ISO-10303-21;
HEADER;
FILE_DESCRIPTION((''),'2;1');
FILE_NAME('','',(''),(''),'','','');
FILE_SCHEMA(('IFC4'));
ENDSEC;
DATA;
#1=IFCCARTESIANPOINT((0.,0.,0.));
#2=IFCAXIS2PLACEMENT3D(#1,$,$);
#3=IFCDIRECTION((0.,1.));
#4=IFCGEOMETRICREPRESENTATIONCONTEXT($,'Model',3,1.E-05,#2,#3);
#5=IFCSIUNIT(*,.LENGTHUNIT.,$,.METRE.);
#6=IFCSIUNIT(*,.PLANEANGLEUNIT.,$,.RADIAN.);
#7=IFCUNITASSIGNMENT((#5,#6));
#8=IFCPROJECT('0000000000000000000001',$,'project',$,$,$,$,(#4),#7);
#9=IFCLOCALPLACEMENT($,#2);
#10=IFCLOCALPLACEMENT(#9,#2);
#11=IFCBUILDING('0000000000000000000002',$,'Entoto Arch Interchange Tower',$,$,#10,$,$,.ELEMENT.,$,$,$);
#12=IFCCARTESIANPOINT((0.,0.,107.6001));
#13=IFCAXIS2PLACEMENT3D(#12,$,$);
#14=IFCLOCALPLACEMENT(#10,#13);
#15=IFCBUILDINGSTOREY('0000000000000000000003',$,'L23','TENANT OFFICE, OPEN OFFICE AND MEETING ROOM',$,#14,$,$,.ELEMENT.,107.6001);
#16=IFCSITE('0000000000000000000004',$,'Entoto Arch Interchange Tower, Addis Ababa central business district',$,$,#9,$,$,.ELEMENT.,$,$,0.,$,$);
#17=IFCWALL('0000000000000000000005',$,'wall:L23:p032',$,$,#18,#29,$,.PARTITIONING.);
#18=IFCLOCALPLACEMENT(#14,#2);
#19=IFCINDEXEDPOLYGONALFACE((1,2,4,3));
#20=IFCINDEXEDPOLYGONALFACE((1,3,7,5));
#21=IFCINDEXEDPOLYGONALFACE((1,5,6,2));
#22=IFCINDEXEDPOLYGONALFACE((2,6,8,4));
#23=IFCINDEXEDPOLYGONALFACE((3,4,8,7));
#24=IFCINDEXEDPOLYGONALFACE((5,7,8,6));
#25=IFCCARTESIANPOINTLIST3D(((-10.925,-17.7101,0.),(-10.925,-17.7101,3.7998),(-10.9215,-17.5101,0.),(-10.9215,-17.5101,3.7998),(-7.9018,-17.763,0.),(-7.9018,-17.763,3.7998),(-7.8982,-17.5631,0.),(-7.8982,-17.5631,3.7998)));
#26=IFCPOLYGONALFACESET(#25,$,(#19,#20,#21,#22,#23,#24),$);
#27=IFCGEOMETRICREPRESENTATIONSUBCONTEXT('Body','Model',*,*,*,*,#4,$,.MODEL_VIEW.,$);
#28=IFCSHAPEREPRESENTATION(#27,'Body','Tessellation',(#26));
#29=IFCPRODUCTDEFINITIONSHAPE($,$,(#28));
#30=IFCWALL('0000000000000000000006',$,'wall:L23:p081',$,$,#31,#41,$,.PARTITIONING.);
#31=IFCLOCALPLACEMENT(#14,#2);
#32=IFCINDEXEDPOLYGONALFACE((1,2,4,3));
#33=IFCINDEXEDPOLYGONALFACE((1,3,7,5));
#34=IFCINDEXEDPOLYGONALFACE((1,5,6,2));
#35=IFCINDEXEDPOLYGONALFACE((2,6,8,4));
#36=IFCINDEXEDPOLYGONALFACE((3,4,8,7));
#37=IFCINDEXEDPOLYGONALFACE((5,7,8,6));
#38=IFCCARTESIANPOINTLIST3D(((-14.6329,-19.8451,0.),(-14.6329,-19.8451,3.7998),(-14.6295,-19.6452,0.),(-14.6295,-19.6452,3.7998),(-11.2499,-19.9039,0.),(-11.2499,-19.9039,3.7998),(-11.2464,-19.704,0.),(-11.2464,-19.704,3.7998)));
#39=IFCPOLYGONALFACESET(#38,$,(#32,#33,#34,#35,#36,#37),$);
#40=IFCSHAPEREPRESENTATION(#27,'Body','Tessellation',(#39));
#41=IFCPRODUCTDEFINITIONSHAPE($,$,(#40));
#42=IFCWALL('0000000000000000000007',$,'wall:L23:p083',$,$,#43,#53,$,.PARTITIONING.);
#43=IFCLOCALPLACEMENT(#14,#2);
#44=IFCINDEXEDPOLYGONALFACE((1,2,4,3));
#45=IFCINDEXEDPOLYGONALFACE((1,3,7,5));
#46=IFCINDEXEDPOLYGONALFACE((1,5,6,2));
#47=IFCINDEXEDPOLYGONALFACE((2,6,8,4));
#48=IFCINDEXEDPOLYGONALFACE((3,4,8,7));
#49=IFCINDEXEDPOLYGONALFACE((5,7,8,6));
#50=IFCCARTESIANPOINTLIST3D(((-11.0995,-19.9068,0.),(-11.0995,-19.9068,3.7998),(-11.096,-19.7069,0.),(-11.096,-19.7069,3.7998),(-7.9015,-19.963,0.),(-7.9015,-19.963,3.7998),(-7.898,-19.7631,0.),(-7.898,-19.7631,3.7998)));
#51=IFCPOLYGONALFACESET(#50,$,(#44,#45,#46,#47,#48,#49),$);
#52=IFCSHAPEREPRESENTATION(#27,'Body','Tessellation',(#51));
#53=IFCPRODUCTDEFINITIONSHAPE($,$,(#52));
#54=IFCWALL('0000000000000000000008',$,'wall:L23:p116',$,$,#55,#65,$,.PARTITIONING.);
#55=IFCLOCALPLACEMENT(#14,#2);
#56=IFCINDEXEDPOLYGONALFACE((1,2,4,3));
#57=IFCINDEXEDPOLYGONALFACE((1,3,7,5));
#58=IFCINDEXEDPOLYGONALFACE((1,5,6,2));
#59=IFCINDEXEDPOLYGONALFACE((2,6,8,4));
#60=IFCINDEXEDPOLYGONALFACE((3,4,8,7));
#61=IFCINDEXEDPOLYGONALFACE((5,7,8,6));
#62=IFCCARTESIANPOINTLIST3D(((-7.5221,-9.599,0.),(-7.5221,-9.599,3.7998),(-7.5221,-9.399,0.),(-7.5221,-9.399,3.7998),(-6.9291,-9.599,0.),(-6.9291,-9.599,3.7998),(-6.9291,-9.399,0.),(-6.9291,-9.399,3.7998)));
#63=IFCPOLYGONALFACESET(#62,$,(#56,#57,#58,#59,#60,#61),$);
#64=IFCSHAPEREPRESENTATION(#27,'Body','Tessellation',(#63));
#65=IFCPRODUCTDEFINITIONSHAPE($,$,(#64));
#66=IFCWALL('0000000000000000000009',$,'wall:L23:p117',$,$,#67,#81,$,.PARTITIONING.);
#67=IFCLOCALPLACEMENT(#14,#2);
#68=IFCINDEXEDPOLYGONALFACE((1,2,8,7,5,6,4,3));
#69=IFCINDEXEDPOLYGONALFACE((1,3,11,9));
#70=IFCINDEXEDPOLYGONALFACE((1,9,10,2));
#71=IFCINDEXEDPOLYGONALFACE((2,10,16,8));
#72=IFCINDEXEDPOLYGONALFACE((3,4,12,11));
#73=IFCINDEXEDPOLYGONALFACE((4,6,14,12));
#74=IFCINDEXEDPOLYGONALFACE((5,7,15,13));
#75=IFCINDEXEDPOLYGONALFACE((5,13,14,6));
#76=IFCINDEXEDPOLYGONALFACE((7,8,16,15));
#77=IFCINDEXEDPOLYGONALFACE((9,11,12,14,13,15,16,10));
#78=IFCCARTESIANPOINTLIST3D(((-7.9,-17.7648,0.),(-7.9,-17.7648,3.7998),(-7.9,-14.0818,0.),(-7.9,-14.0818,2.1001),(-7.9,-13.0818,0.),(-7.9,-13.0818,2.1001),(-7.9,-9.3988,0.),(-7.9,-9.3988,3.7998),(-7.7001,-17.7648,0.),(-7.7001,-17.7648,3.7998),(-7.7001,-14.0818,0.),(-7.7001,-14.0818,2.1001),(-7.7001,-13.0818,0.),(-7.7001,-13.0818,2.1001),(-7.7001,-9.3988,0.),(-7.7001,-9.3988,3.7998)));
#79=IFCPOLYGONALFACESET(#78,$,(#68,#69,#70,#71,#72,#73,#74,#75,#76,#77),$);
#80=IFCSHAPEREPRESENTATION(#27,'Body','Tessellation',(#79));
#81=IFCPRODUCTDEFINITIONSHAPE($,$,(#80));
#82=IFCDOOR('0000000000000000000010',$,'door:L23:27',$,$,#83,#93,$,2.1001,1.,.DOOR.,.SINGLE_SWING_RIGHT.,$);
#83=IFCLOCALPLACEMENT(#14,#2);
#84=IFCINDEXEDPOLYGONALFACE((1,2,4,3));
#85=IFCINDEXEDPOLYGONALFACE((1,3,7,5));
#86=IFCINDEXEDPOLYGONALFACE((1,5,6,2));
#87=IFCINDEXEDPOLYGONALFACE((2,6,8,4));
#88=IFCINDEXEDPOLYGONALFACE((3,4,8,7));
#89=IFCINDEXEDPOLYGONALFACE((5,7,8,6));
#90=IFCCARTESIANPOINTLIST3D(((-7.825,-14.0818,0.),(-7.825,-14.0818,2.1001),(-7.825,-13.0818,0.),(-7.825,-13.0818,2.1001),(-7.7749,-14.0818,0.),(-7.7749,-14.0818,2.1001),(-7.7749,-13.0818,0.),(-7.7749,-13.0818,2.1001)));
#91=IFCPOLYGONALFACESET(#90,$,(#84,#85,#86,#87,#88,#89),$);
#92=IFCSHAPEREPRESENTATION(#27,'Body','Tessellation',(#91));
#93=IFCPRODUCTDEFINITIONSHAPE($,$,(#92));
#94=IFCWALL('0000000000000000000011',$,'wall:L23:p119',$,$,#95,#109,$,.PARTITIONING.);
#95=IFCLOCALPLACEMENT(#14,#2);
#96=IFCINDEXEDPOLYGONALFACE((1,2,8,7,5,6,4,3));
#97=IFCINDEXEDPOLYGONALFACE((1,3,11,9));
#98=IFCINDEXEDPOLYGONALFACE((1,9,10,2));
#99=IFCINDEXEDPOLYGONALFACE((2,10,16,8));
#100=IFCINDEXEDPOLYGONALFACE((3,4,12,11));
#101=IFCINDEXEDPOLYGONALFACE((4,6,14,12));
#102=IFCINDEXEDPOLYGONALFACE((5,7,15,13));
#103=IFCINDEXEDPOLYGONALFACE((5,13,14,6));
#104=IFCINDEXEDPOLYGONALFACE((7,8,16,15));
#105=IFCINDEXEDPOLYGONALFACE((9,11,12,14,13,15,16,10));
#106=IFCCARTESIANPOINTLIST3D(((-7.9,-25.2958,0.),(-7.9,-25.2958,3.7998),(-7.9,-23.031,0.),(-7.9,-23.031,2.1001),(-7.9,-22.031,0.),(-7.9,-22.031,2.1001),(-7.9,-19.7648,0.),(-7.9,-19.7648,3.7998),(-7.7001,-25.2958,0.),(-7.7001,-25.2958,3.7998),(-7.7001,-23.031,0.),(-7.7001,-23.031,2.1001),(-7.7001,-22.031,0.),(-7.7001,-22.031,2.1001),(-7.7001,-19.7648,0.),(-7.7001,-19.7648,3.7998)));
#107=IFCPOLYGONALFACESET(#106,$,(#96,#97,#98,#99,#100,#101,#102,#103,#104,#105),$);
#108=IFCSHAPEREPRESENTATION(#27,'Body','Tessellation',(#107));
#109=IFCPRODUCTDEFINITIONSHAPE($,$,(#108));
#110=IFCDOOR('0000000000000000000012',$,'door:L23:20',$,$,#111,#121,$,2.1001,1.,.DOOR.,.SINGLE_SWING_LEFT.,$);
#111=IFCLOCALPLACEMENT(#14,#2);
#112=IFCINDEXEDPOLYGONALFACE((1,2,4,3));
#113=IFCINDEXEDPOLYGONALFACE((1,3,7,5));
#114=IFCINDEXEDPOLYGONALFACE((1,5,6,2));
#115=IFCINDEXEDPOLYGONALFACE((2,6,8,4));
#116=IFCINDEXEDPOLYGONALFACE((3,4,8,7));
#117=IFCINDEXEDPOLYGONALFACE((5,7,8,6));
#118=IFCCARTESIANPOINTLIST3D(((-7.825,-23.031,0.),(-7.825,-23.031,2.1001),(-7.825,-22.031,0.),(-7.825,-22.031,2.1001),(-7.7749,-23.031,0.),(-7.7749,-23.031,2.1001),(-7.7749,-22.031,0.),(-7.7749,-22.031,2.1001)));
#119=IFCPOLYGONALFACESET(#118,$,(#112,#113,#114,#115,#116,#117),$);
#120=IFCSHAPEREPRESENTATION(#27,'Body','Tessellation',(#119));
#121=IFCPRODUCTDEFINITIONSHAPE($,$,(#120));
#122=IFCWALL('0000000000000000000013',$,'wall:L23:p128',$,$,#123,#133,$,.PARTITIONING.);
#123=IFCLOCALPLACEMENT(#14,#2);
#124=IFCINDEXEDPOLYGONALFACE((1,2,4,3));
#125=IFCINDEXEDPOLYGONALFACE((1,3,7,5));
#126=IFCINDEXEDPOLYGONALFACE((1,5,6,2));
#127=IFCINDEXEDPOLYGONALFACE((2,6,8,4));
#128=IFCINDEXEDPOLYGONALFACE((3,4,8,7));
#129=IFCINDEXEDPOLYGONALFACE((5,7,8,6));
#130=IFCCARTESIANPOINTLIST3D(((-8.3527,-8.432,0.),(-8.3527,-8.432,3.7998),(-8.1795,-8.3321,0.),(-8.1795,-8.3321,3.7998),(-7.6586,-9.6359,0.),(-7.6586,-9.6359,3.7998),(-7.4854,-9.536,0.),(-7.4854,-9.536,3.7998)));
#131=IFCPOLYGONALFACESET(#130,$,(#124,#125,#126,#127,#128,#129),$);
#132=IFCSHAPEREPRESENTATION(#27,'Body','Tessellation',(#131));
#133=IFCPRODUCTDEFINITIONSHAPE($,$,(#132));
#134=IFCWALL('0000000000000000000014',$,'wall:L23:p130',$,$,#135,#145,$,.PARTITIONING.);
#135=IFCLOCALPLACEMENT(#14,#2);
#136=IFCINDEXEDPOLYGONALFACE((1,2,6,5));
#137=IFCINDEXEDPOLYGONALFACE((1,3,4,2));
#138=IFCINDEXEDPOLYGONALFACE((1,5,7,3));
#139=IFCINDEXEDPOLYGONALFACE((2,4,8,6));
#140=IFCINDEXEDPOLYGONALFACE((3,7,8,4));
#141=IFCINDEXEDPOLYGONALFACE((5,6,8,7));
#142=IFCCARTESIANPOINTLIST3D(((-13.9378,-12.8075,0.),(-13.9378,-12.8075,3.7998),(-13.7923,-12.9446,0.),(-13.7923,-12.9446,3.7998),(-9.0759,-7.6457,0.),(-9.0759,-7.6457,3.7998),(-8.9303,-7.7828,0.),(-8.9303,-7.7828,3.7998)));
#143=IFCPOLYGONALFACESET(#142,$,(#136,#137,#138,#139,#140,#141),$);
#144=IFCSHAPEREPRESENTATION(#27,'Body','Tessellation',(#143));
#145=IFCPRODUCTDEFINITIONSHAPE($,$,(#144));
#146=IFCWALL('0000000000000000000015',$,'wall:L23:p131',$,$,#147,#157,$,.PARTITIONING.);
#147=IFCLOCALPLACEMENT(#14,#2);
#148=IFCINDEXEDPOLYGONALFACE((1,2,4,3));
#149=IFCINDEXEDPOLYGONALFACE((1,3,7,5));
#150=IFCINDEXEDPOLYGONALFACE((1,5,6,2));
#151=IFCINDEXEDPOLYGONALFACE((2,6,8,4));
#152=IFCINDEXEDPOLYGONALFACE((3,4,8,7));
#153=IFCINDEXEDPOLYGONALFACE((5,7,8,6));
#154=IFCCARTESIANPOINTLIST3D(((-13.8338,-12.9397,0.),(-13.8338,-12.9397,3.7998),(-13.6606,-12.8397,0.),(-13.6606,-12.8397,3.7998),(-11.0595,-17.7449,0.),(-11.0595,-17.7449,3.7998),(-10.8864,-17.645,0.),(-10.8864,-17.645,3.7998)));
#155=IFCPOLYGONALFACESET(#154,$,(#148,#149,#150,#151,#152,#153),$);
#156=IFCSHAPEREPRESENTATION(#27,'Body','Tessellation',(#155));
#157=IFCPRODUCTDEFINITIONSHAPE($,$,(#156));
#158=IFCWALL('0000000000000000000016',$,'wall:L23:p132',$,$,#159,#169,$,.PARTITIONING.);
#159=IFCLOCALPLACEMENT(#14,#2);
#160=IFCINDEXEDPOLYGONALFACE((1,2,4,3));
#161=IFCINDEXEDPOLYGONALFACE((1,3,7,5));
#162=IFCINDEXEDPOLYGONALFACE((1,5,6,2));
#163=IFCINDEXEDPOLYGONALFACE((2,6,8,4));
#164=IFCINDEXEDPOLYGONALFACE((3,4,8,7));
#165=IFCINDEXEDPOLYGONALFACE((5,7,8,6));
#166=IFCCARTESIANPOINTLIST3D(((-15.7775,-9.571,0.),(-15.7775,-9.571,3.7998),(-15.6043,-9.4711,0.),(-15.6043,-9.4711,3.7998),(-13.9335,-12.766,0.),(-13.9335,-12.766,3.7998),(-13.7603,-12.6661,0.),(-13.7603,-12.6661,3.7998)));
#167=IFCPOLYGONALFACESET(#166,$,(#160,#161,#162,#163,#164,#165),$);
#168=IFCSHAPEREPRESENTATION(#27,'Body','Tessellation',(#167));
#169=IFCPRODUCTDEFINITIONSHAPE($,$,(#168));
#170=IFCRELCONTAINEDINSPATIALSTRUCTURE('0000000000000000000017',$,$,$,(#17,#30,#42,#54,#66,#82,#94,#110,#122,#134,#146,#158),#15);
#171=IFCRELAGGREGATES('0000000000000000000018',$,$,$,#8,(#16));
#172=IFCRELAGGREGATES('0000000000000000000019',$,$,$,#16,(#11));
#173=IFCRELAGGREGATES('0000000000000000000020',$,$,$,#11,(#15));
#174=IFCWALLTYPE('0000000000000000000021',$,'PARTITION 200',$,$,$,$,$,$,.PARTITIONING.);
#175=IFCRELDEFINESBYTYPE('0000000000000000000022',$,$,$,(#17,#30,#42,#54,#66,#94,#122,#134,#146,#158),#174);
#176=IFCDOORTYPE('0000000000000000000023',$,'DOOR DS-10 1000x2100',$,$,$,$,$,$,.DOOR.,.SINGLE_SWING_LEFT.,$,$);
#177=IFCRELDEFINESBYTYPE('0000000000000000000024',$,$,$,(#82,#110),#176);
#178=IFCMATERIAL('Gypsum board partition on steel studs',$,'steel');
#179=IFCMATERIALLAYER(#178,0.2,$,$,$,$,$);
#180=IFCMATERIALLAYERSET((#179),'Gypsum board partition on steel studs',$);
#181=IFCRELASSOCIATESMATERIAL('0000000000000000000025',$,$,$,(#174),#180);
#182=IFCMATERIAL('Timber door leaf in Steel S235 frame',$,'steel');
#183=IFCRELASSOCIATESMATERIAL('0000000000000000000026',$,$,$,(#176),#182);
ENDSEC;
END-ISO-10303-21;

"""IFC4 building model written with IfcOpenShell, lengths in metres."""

from ifc_helpers import new_model, si_unit, direction, frame, frame_2d, origin, place, context, subcontext, project, spatial, rectangle, extrude, material, layer, layer_set, type_object, element, fill, save


model = new_model("IFC4")

# Units and contexts
model_context = context("Model", 3, precision=1e-05, world=origin(), true_north=direction((0.0, 1.0)))
body_context = subcontext(model_context, "Body", "Model", "MODEL_VIEW")
ifc_project = project(units=[si_unit("LENGTHUNIT", "METRE"), si_unit("PLANEANGLEUNIT", "RADIAN")], contexts=[model_context])

# Site, building, storey
site_placement = place(None, origin())
site = spatial("IfcSite", under=ifc_project, at=site_placement, Name="Entoto Arch Interchange Tower, Addis Ababa central business district", CompositionType="ELEMENT", RefElevation=0.0)
building_placement = place(site_placement, origin())
building = spatial("IfcBuilding", under=site, at=building_placement, Name="Entoto Arch Interchange Tower", CompositionType="ELEMENT")
storey_placement = place(building_placement, frame((0.0, 0.0, 107.6001)))
storey = spatial("IfcBuildingStorey", under=building, at=storey_placement, Name="L23", Description="TENANT OFFICE, OPEN OFFICE AND MEETING ROOM", CompositionType="ELEMENT", Elevation=107.6001)

# Walls
ifc_material_1 = material(Name="Gypsum board partition on steel studs", Category="steel")
ifc_layer_1 = layer(ifc_material_1, 0.2)
ifc_layer_set_1 = layer_set([ifc_layer_1], Name="Gypsum board partition on steel studs")
wall_type_1 = type_object("IfcWallType", Name="PARTITION 200", PredefinedType="PARTITIONING", material=ifc_layer_set_1)
wall_1_placement = place(storey_placement, frame((-10.9231, -17.6101, 0.0), z_axis=(0.0, 0.0, 1.0), x_axis=(0.999846, -0.017521, 0.0)))
element("IfcWall", 1, at=wall_1_placement, inside=storey, type_object=wall_type_1, Name="wall:L23:p032", PredefinedType="PARTITIONING", context=body_context, shape_type="SweptSolid", body=[
    extrude(rectangle(XDim=3.0237, YDim=0.2, at=frame_2d((1.5117, 0.0))), origin(), (0.0, 0.0, 1.0), 3.7998),
])
wall_2_placement = place(storey_placement, frame((-11.248, -19.804, 0.0), z_axis=(0.0, 0.0, 1.0), x_axis=(-0.999849, 0.017389, 0.0)))
element("IfcWall", 2, at=wall_2_placement, inside=storey, type_object=wall_type_1, Name="wall:L23:p081", PredefinedType="PARTITIONING", context=body_context, shape_type="SweptSolid", body=[
    extrude(rectangle(XDim=3.3835, YDim=0.2, at=frame_2d((1.6919, 0.0))), origin(), (0.0, 0.0, 1.0), 3.7998),
])
wall_3_placement = place(storey_placement, frame((-7.8999, -19.863, 0.0), z_axis=(0.0, 0.0, 1.0), x_axis=(-0.999846, 0.017556, 0.0)))
element("IfcWall", 3, at=wall_3_placement, inside=storey, type_object=wall_type_1, Name="wall:L23:p083", PredefinedType="PARTITIONING", context=body_context, shape_type="SweptSolid", body=[
    extrude(rectangle(XDim=3.1985, YDim=0.2, at=frame_2d((1.5991, 0.0))), origin(), (0.0, 0.0, 1.0), 3.7998),
])
wall_4_placement = place(storey_placement, frame((-7.522, -9.499, 0.0), z_axis=(0.0, 0.0, 1.0), x_axis=(1.0, 0.0, 0.0)))
element("IfcWall", 4, at=wall_4_placement, inside=storey, type_object=wall_type_1, Name="wall:L23:p116", PredefinedType="PARTITIONING", context=body_context, shape_type="SweptSolid", body=[
    extrude(rectangle(XDim=0.593, YDim=0.2, at=frame_2d((0.2964, 0.0))), origin(), (0.0, 0.0, 1.0), 3.7998),
])

# Walls, openings, doors
wall_5_placement = place(storey_placement, frame((-7.8, -17.7649, 0.0), z_axis=(0.0, 0.0, 1.0), x_axis=(0.0, 1.0, 0.0)))
wall_5 = element("IfcWall", 5, at=wall_5_placement, inside=storey, type_object=wall_type_1, Name="wall:L23:p117", PredefinedType="PARTITIONING", context=body_context, shape_type="SweptSolid", body=[
    extrude(rectangle(XDim=8.366, YDim=0.2, at=frame_2d((4.1831, 0.0))), origin(), (0.0, 0.0, 1.0), 3.7998),
])
opening_1_placement = place(wall_5_placement, frame((3.6831, 0.0, 0.0)))
opening_1 = element("IfcOpeningElement", 6, at=opening_1_placement, cuts=wall_5, PredefinedType="OPENING", context=body_context, shape_type="SweptSolid", body=[
    extrude(rectangle(XDim=1.0, YDim=2.1001, at=frame_2d((0.5, 1.05))), frame((0.0, 0.1099, 0.0), z_axis=(0.0, -1.0, 0.0), x_axis=(1.0, 0.0, 0.0)), (0.0, 0.0, 1.0), 0.22),
])
ifc_material_2 = material(Name="Timber door leaf in Steel S235 frame", Category="steel")
door_type = type_object("IfcDoorType", Name="DOOR DS-10 1000x2100", OperationType="SINGLE_SWING_LEFT", PredefinedType="DOOR", material=ifc_material_2)
door_1_placement = place(opening_1_placement, origin())
door_1 = element("IfcDoor", 7, at=door_1_placement, inside=storey, type_object=door_type, Name="door:L23:27", OperationType="SINGLE_SWING_RIGHT", OverallHeight=2.1001, OverallWidth=1.0, PredefinedType="DOOR", context=body_context, shape_type="SweptSolid", body=[
    extrude(rectangle(XDim=1.0, YDim=2.1001, at=frame_2d((0.5, 1.05))), frame((0.0, 0.0249, 0.0), z_axis=(0.0, -1.0, 0.0), x_axis=(1.0, 0.0, 0.0)), (0.0, 0.0, 1.0), 0.05),
])
fill(opening_1, door_1)
wall_6_placement = place(storey_placement, frame((-7.8, -25.2959, 0.0), z_axis=(0.0, 0.0, 1.0), x_axis=(0.0, 1.0, 0.0)))
wall_6 = element("IfcWall", 8, at=wall_6_placement, inside=storey, type_object=wall_type_1, Name="wall:L23:p119", PredefinedType="PARTITIONING", context=body_context, shape_type="SweptSolid", body=[
    extrude(rectangle(XDim=5.531, YDim=0.2, at=frame_2d((2.7656, 0.0))), origin(), (0.0, 0.0, 1.0), 3.7998),
])
opening_2_placement = place(wall_6_placement, frame((2.2649, 0.0, 0.0)))
opening_2 = element("IfcOpeningElement", 9, at=opening_2_placement, cuts=wall_6, PredefinedType="OPENING", context=body_context, shape_type="SweptSolid", body=[
    extrude(rectangle(XDim=1.0, YDim=2.1001, at=frame_2d((0.5, 1.05))), frame((0.0, 0.1099, 0.0), z_axis=(0.0, -1.0, 0.0), x_axis=(1.0, 0.0, 0.0)), (0.0, 0.0, 1.0), 0.22),
])
door_2_placement = place(opening_2_placement, origin())
door_2 = element("IfcDoor", 10, at=door_2_placement, inside=storey, type_object=door_type, Name="door:L23:20", OperationType="SINGLE_SWING_LEFT", OverallHeight=2.1001, OverallWidth=1.0, PredefinedType="DOOR", context=body_context, shape_type="SweptSolid", body=[
    extrude(rectangle(XDim=1.0, YDim=2.1001, at=frame_2d((0.5, 1.05))), frame((0.0, 0.0249, 0.0), z_axis=(0.0, -1.0, 0.0), x_axis=(1.0, 0.0, 0.0)), (0.0, 0.0, 1.0), 0.05),
])
fill(opening_2, door_2)

# Walls
wall_7_placement = place(storey_placement, frame((-7.572, -9.5859, 0.0), z_axis=(0.0, 0.0, 1.0), x_axis=(-0.499484, 0.866323, 0.0)))
element("IfcWall", 11, at=wall_7_placement, inside=storey, type_object=wall_type_1, Name="wall:L23:p128", PredefinedType="PARTITIONING", context=body_context, shape_type="SweptSolid", body=[
    extrude(rectangle(XDim=1.3896, YDim=0.2, at=frame_2d((0.6948, 0.0))), origin(), (0.0, 0.0, 1.0), 3.7998),
])
wall_8_placement = place(storey_placement, frame((-13.865, -12.876, 0.0), z_axis=(0.0, 0.0, 1.0), x_axis=(0.685651, 0.72793, 0.0)))
element("IfcWall", 12, at=wall_8_placement, inside=storey, type_object=wall_type_1, Name="wall:L23:p130", PredefinedType="PARTITIONING", context=body_context, shape_type="SweptSolid", body=[
    extrude(rectangle(XDim=7.0911, YDim=0.2, at=frame_2d((3.5454, 0.0))), origin(), (0.0, 0.0, 1.0), 3.7998),
])
wall_9_placement = place(storey_placement, frame((-10.9729, -17.6951, 0.0), z_axis=(0.0, 0.0, 1.0), x_axis=(-0.499987, 0.866033, 0.0)))
element("IfcWall", 13, at=wall_9_placement, inside=storey, type_object=wall_type_1, Name="wall:L23:p131", PredefinedType="PARTITIONING", context=body_context, shape_type="SweptSolid", body=[
    extrude(rectangle(XDim=5.5486, YDim=0.2, at=frame_2d((2.7744, 0.0))), origin(), (0.0, 0.0, 1.0), 3.7998),
])
wall_10_placement = place(storey_placement, frame((-13.8469, -12.7161, 0.0), z_axis=(0.0, 0.0, 1.0), x_axis=(-0.499862, 0.866105, 0.0)))
element("IfcWall", 14, at=wall_10_placement, inside=storey, type_object=wall_type_1, Name="wall:L23:p132", PredefinedType="PARTITIONING", context=body_context, shape_type="SweptSolid", body=[
    extrude(rectangle(XDim=3.689, YDim=0.2, at=frame_2d((1.8445, 0.0))), origin(), (0.0, 0.0, 1.0), 3.7998),
])

save(model, "model.ifc")
